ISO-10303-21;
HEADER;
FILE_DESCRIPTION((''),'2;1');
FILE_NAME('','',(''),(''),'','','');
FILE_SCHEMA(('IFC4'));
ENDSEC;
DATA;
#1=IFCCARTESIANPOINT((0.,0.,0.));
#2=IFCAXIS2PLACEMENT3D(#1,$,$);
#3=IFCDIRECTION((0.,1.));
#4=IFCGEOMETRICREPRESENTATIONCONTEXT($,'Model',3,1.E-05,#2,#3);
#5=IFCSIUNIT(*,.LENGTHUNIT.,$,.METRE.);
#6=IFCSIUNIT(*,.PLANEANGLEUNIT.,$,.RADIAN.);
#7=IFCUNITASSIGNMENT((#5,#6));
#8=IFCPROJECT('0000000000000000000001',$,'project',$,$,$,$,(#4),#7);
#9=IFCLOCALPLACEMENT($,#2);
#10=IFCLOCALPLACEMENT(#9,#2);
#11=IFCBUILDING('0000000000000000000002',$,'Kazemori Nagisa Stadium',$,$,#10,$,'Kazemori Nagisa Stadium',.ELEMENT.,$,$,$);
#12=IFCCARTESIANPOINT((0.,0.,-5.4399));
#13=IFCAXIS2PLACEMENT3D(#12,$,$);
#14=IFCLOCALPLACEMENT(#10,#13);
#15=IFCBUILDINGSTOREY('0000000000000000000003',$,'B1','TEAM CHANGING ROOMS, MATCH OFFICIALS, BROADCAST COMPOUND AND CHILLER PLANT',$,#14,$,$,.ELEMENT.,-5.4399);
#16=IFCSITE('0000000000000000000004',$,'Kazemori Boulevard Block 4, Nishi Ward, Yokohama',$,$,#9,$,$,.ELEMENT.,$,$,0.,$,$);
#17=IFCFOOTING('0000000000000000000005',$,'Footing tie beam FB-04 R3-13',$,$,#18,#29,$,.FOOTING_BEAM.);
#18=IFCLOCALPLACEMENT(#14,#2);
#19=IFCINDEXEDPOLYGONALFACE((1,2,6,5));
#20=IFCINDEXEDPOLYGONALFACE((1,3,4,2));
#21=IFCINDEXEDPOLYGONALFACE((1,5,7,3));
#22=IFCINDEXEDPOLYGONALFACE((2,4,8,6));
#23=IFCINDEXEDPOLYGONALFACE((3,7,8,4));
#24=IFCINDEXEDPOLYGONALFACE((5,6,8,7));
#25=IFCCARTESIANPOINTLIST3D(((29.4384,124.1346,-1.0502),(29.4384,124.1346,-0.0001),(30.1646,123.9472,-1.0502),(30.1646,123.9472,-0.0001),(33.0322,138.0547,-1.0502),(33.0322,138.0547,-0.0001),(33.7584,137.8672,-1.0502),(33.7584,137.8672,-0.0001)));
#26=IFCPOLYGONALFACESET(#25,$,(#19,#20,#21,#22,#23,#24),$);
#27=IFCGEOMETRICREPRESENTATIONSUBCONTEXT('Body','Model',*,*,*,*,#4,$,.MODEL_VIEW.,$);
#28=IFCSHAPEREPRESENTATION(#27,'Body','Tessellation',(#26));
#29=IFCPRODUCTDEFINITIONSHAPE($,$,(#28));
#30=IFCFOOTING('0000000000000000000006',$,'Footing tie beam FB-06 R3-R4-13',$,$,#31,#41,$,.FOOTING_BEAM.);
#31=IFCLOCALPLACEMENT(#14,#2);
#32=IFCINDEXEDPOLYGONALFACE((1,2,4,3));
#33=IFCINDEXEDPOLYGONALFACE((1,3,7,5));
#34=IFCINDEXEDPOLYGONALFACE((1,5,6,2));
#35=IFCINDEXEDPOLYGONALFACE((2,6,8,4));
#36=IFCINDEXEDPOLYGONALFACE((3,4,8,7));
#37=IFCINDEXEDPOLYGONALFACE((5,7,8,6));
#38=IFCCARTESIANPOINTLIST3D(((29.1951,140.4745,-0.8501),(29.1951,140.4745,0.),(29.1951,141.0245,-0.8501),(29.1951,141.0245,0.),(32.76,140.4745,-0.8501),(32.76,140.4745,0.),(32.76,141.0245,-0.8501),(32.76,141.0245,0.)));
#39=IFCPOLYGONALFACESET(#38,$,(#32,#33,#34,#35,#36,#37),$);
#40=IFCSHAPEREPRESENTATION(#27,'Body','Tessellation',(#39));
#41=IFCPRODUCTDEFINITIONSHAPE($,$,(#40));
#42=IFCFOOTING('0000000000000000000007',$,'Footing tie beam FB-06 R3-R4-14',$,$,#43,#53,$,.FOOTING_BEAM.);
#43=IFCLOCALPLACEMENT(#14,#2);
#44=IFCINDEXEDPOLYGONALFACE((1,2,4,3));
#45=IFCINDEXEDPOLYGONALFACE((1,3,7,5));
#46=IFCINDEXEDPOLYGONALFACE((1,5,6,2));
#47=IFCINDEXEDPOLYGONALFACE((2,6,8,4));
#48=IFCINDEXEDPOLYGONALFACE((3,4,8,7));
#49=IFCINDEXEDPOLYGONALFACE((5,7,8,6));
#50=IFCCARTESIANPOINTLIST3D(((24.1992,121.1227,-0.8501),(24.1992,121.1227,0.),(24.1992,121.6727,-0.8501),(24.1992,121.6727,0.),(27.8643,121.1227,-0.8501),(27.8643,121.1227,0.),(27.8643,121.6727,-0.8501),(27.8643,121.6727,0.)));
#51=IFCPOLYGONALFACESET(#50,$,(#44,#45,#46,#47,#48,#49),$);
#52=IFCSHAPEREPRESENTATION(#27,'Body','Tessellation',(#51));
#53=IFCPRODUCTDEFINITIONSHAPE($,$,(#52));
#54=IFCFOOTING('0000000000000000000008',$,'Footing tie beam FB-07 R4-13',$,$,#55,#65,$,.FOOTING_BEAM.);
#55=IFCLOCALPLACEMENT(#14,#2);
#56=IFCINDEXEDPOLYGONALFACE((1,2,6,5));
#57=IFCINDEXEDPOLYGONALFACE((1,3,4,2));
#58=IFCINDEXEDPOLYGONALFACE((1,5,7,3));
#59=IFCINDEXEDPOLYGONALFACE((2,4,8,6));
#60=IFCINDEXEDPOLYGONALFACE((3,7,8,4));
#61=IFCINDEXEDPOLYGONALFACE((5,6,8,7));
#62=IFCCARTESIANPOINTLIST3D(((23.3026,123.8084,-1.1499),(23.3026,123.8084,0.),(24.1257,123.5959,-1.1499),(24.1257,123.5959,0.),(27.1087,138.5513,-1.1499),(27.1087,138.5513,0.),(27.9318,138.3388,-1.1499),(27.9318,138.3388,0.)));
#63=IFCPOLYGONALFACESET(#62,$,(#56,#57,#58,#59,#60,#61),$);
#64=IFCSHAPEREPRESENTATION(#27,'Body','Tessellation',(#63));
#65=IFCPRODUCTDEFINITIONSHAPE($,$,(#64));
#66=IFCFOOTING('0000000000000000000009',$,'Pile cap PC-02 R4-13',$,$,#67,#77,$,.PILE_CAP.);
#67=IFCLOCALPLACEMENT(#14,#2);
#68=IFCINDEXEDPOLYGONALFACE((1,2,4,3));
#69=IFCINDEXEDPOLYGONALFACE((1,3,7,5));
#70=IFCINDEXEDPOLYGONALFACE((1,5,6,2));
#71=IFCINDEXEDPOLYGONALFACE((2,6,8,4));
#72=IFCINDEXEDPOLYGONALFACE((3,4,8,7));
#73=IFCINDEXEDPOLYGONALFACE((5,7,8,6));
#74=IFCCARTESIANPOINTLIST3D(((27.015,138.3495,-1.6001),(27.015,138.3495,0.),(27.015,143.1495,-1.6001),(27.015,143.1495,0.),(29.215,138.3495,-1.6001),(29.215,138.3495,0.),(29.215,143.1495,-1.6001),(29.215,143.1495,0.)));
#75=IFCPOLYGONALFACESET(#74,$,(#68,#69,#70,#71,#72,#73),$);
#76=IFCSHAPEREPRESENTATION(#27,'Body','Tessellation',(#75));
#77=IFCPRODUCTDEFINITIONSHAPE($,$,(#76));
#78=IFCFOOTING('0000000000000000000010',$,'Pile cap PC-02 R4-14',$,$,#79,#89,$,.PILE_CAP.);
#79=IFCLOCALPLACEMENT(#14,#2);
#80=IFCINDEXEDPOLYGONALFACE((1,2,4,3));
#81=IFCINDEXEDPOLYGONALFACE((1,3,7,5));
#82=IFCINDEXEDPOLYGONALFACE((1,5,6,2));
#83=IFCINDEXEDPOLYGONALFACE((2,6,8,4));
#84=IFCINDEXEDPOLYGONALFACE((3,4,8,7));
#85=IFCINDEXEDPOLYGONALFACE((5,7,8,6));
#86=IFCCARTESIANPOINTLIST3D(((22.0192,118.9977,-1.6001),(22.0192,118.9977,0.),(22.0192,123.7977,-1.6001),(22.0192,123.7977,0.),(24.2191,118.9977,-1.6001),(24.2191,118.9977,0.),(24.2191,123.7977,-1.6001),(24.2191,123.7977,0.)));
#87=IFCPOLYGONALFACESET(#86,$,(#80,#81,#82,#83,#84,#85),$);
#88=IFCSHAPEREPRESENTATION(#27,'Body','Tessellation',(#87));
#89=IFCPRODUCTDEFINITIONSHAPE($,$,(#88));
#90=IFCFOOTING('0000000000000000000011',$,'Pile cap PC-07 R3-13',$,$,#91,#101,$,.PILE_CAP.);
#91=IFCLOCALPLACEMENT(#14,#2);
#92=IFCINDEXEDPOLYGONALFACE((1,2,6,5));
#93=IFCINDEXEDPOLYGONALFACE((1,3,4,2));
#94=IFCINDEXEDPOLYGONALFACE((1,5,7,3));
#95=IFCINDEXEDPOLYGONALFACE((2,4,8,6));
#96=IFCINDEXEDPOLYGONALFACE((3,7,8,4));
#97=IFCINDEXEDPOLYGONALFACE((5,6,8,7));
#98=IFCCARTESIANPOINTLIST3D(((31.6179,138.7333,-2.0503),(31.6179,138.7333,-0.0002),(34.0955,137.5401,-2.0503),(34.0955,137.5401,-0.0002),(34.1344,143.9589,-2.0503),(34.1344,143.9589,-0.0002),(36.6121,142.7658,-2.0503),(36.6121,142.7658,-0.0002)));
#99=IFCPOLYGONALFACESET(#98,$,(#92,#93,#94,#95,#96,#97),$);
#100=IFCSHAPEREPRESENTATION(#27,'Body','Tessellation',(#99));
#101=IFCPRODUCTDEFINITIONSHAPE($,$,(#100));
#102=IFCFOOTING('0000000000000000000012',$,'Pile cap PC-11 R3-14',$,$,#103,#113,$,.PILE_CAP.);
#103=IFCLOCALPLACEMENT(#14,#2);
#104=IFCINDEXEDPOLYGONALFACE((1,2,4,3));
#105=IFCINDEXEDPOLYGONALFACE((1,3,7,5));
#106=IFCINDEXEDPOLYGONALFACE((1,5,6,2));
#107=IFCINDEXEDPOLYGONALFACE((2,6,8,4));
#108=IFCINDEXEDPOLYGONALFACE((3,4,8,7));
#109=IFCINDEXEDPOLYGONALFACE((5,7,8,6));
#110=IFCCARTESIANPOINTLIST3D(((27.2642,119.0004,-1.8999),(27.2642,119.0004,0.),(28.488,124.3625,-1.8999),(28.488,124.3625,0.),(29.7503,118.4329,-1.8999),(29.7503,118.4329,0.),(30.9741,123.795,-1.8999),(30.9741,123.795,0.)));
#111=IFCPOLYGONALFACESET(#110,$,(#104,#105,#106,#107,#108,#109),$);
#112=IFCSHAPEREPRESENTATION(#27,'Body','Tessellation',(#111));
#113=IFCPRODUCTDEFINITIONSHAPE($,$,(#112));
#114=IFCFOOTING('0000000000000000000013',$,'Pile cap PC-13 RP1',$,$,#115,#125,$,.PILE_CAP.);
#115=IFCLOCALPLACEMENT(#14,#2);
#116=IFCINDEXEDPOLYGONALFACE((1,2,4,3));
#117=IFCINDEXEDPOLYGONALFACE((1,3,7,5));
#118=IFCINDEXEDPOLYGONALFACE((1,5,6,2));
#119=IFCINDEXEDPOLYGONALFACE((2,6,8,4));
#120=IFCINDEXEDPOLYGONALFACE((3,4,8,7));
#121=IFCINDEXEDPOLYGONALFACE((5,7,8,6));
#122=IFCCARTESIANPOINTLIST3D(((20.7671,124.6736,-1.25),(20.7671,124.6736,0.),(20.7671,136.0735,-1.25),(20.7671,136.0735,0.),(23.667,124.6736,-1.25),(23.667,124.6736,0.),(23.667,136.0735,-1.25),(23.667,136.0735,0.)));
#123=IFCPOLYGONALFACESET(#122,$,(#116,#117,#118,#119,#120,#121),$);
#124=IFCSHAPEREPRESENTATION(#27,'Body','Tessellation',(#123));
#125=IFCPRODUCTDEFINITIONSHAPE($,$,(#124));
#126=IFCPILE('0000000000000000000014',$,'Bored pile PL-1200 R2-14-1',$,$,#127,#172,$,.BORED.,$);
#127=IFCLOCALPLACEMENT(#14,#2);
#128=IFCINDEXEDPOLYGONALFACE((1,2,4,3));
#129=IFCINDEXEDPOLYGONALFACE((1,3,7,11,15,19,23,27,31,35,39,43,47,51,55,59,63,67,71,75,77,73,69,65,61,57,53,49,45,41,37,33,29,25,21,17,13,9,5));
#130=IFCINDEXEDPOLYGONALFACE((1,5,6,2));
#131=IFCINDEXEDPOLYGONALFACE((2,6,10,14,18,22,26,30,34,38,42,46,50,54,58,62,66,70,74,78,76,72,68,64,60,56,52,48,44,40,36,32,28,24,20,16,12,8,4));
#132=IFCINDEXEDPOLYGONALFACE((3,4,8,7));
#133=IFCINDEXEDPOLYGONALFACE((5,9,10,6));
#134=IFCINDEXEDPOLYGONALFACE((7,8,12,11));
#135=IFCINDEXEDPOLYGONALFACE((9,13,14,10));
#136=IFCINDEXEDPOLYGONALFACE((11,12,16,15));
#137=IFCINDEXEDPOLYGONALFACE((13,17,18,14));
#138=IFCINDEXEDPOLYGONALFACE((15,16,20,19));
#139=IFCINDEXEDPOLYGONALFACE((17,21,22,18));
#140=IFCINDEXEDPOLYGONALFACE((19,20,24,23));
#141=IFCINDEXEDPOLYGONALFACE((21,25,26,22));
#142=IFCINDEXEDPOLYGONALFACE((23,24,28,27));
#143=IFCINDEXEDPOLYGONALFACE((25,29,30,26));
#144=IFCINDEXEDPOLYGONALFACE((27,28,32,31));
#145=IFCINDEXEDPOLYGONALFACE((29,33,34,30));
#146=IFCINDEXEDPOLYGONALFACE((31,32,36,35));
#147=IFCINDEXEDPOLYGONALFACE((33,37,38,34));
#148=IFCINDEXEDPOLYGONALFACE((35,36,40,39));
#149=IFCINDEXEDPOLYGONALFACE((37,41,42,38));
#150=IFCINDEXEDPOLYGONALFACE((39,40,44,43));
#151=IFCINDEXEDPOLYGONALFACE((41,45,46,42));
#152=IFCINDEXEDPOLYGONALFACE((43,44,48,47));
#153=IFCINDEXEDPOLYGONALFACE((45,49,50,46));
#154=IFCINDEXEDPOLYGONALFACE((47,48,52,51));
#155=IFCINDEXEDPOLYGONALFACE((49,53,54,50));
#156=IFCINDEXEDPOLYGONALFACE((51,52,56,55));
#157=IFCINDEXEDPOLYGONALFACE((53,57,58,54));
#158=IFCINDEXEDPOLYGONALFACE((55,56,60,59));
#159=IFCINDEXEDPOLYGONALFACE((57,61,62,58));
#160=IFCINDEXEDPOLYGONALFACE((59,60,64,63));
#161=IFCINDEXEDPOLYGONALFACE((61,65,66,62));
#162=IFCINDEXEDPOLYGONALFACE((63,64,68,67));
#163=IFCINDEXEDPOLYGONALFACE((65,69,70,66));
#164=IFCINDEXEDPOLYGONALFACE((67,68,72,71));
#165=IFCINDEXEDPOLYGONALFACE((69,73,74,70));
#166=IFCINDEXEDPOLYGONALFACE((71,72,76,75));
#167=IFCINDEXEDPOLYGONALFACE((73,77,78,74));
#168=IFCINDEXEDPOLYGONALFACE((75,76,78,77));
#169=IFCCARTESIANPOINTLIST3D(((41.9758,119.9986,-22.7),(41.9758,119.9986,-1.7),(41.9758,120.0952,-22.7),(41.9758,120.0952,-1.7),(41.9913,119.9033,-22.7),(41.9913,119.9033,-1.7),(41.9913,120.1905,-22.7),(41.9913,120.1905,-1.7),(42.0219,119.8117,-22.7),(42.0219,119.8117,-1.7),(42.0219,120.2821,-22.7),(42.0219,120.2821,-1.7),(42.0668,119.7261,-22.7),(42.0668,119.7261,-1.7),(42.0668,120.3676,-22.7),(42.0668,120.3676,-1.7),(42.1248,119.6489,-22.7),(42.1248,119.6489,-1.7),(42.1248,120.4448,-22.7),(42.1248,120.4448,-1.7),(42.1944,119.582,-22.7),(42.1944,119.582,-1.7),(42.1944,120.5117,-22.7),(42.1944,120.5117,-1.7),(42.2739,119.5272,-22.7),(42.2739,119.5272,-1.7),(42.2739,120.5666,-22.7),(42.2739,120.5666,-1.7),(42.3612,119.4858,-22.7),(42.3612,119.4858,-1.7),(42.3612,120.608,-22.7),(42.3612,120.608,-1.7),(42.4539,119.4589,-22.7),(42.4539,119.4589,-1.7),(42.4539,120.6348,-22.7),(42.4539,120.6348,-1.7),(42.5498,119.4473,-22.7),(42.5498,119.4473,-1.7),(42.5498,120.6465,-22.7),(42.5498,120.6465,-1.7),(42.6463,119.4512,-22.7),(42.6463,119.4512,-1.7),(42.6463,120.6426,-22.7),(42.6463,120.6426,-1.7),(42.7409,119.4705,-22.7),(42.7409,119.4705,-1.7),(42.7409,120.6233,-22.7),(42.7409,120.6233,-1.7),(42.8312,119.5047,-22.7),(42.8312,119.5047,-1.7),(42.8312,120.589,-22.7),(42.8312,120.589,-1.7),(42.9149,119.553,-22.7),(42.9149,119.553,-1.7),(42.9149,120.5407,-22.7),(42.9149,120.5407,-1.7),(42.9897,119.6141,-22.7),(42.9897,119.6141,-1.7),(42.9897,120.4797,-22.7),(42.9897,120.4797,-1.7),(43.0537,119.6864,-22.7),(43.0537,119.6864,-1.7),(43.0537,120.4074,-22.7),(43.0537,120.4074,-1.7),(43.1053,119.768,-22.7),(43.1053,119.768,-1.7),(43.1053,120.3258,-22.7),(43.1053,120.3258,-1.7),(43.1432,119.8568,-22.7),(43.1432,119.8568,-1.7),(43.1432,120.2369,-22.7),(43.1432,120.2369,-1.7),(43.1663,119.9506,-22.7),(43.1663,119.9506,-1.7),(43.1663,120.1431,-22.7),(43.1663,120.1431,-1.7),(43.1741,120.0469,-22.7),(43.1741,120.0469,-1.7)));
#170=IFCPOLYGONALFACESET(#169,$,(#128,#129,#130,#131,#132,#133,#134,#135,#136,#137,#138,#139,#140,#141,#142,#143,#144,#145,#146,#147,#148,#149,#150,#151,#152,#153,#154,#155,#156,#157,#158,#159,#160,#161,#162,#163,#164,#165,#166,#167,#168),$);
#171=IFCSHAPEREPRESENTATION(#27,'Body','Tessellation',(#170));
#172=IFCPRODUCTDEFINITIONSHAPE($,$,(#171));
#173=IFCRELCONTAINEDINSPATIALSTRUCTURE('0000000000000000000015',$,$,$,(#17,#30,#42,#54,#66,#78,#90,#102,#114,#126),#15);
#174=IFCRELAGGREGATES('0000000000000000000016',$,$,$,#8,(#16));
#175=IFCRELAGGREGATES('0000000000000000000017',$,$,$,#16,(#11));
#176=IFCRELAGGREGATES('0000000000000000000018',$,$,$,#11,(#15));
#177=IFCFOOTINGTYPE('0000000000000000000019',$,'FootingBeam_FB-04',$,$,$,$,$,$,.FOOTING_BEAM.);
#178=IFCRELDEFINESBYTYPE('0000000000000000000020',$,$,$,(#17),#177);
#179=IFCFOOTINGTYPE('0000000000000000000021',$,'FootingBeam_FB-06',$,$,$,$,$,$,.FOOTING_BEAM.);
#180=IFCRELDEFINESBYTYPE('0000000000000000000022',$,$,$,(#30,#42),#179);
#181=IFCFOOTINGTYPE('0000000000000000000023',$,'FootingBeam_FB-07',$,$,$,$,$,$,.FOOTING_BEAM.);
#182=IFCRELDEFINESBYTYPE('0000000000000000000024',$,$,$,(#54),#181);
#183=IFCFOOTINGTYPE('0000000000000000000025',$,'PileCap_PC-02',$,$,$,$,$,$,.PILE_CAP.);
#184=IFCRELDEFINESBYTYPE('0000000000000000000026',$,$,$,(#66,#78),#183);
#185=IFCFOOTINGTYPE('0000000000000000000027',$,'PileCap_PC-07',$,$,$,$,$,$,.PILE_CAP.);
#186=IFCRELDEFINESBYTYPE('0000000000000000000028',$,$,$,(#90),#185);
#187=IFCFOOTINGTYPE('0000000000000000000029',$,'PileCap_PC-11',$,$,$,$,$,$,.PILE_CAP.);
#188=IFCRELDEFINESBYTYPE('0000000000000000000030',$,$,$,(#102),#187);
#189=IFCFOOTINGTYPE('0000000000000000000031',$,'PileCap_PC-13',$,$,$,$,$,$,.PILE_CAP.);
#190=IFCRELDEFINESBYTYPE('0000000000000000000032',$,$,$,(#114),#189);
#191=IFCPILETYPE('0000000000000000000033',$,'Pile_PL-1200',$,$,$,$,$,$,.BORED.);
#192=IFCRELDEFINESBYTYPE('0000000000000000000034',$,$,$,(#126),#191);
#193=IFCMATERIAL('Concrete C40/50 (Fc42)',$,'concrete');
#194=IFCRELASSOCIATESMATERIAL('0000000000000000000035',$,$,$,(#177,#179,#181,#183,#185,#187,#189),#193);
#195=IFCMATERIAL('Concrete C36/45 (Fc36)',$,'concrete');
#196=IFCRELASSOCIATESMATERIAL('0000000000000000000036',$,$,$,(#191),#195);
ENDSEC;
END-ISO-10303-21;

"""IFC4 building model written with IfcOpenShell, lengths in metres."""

from ifc_helpers import new_model, si_unit, direction, frame, origin, origin_2d, place, context, subcontext, project, spatial, rectangle, circle, extrude, material, material_profile, profile_set, type_object, element, save


model = new_model("IFC4")

# Units and contexts
model_context = context("Model", 3, precision=1e-05, world=origin(), true_north=direction((0.0, 1.0)))
body_context = subcontext(model_context, "Body", "Model", "MODEL_VIEW")
ifc_project = project(units=[si_unit("LENGTHUNIT", "METRE"), si_unit("PLANEANGLEUNIT", "RADIAN")], contexts=[model_context])

# Site, building, storey
site_placement = place(None, origin())
site = spatial("IfcSite", under=ifc_project, at=site_placement, Name="Kazemori Boulevard Block 4, Nishi Ward, Yokohama", CompositionType="ELEMENT", RefElevation=0.0)
building_placement = place(site_placement, origin())
building = spatial("IfcBuilding", under=site, at=building_placement, Name="Kazemori Nagisa Stadium", LongName="Kazemori Nagisa Stadium", CompositionType="ELEMENT")
storey_placement = place(building_placement, frame((0.0, 0.0, -5.4399)))
storey = spatial("IfcBuildingStorey", under=building, at=storey_placement, Name="B1", Description="TEAM CHANGING ROOMS, MATCH OFFICIALS, BROADCAST COMPOUND AND CHILLER PLANT", CompositionType="ELEMENT", Elevation=-5.4399)

# Footings
ifc_material_1 = material(Name="Concrete C40/50 (Fc42)", Category="concrete")
ifc_material_profile_1 = material_profile(ifc_material_1, rectangle(XDim=0.75, YDim=1.05, at=origin_2d()), Name="RC-FB-750x1050")
ifc_profile_set_1 = profile_set([ifc_material_profile_1], Name="Concrete C40/50 (Fc42)")
footing_type_1 = type_object("IfcFootingType", Name="FootingBeam_FB-04", PredefinedType="FOOTING_BEAM", material=ifc_profile_set_1)
footing_1_placement = place(storey_placement, frame((33.3953, 137.9609, -0.5251), z_axis=(-0.249977, -0.968252, 0.0), x_axis=(0.968252, -0.249977, 0.0)))
element("IfcFooting", 1, at=footing_1_placement, inside=storey, type_object=footing_type_1, Name="Footing tie beam FB-04 R3-13", PredefinedType="FOOTING_BEAM", context=body_context, shape_type="SweptSolid", body=[
    extrude(rectangle(XDim=0.75, YDim=1.05, at=origin_2d()), origin(), (0.0, 0.0, 1.0), 14.3765),
])
ifc_material_profile_2 = material_profile(ifc_material_1, rectangle(XDim=0.55, YDim=0.8501, at=origin_2d()), Name="RC-FB-550x850")
ifc_profile_set_2 = profile_set([ifc_material_profile_2], Name="Concrete C40/50 (Fc42)")
footing_type_2 = type_object("IfcFootingType", Name="FootingBeam_FB-06", PredefinedType="FOOTING_BEAM", material=ifc_profile_set_2)
footing_2_placement = place(storey_placement, frame((32.76, 140.7495, -0.425), z_axis=(-1.0, 0.0, 0.0), x_axis=(0.0, -1.0, 0.0)))
element("IfcFooting", 2, at=footing_2_placement, inside=storey, type_object=footing_type_2, Name="Footing tie beam FB-06 R3-R4-13", PredefinedType="FOOTING_BEAM", context=body_context, shape_type="SweptSolid", body=[
    extrude(rectangle(XDim=0.55, YDim=0.8501, at=origin_2d()), origin(), (0.0, 0.0, 1.0), 3.5649),
])
footing_3_placement = place(storey_placement, frame((27.8643, 121.3977, -0.425), z_axis=(-1.0, 0.0, 0.0), x_axis=(0.0, -1.0, 0.0)))
element("IfcFooting", 3, at=footing_3_placement, inside=storey, type_object=footing_type_2, Name="Footing tie beam FB-06 R3-R4-14", PredefinedType="FOOTING_BEAM", context=body_context, shape_type="SweptSolid", body=[
    extrude(rectangle(XDim=0.55, YDim=0.8501, at=origin_2d()), origin(), (0.0, 0.0, 1.0), 3.665),
])
ifc_material_profile_3 = material_profile(ifc_material_1, rectangle(XDim=0.8501, YDim=1.1499, at=origin_2d()), Name="RC-FB-850x1150")
ifc_profile_set_3 = profile_set([ifc_material_profile_3], Name="Concrete C40/50 (Fc42)")
footing_type_3 = type_object("IfcFootingType", Name="FootingBeam_FB-07", PredefinedType="FOOTING_BEAM", material=ifc_profile_set_3)
footing_4_placement = place(storey_placement, frame((27.5203, 138.4451, -0.575), z_axis=(-0.249972, -0.968253, 0.0), x_axis=(0.968253, -0.249972, 0.0)))
element("IfcFooting", 4, at=footing_4_placement, inside=storey, type_object=footing_type_3, Name="Footing tie beam FB-07 R4-13", PredefinedType="FOOTING_BEAM", context=body_context, shape_type="SweptSolid", body=[
    extrude(rectangle(XDim=0.8501, YDim=1.1499, at=origin_2d()), origin(), (0.0, 0.0, 1.0), 15.2263),
])
footing_type_4 = type_object("IfcFootingType", Name="PileCap_PC-02", PredefinedType="PILE_CAP", material=ifc_material_1)
for number, where, z_axis, x_axis, name in (
    (5, (28.115, 140.7495, -1.6001), (0.0, 0.0, 1.0), (0.0, 1.0, 0.0), "Pile cap PC-02 R4-13"),
    (6, (23.1191, 121.3977, -1.6001), (0.0, 0.0, 1.0), (0.0, 1.0, 0.0), "Pile cap PC-02 R4-14"),
):
    element("IfcFooting", number, at=place(storey_placement, frame(where, z_axis=z_axis, x_axis=x_axis)), inside=storey, type_object=footing_type_4, Name=name, PredefinedType="PILE_CAP", context=body_context, shape_type="SweptSolid", body=[
        extrude(rectangle(XDim=4.8, YDim=2.2, at=origin_2d()), origin(), (0.0, 0.0, 1.0), 1.6001),
    ])
footing_type_5 = type_object("IfcFootingType", Name="PileCap_PC-07", PredefinedType="PILE_CAP", material=ifc_material_1)
footing_5_placement = place(storey_placement, frame((34.115, 140.7495, -2.0503), z_axis=(0.0, 0.0, 1.0), x_axis=(-0.433884, -0.900969, 0.0)))
element("IfcFooting", 7, at=footing_5_placement, inside=storey, type_object=footing_type_5, Name="Pile cap PC-07 R3-13", PredefinedType="PILE_CAP", context=body_context, shape_type="SweptSolid", body=[
    extrude(rectangle(XDim=5.8, YDim=2.75, at=origin_2d()), origin(), (0.0, 0.0, 1.0), 2.05),
])
footing_type_6 = type_object("IfcFootingType", Name="PileCap_PC-11", PredefinedType="PILE_CAP", material=ifc_material_1)
footing_6_placement = place(storey_placement, frame((29.1191, 121.3977, -1.8999), z_axis=(0.0, 0.0, 1.0), x_axis=(-0.222521, -0.974928, 0.0)))
element("IfcFooting", 8, at=footing_6_placement, inside=storey, type_object=footing_type_6, Name="Pile cap PC-11 R3-14", PredefinedType="PILE_CAP", context=body_context, shape_type="SweptSolid", body=[
    extrude(rectangle(XDim=5.5, YDim=2.55, at=origin_2d()), origin(), (0.0, 0.0, 1.0), 1.8999),
])
footing_type_7 = type_object("IfcFootingType", Name="PileCap_PC-13", PredefinedType="PILE_CAP", material=ifc_material_1)
footing_7_placement = place(storey_placement, frame((22.217, 130.3735, -1.25), z_axis=(0.0, 0.0, 1.0), x_axis=(0.0, 1.0, 0.0)))
element("IfcFooting", 9, at=footing_7_placement, inside=storey, type_object=footing_type_7, Name="Pile cap PC-13 RP1", PredefinedType="PILE_CAP", context=body_context, shape_type="SweptSolid", body=[
    extrude(rectangle(XDim=11.3999, YDim=2.8999, at=origin_2d()), origin(), (0.0, 0.0, 1.0), 1.25),
])

# Pile
ifc_material_2 = material(Name="Concrete C36/45 (Fc36)", Category="concrete")
ifc_material_profile_4 = material_profile(ifc_material_2, circle(Radius=0.6001, at=origin_2d()), Name="PILE-D1200")
ifc_profile_set_4 = profile_set([ifc_material_profile_4], Name="Concrete C36/45 (Fc36)")
pile_type_1 = type_object("IfcPileType", Name="Pile_PL-1200", PredefinedType="BORED", material=ifc_profile_set_4)
for number, where, z_axis, x_axis, name in (
    (10, (42.574, 120.0469, -1.7), (0.0, 0.0, -1.0), (1.0, 0.0, 0.0), "Bored pile PL-1200 R2-14-1"),
):
    element("IfcPile", number, at=place(storey_placement, frame(where, z_axis=z_axis, x_axis=x_axis)), inside=storey, type_object=pile_type_1, Name=name, PredefinedType="BORED", context=body_context, shape_type="SweptSolid", body=[
        extrude(circle(Radius=0.6001, at=origin_2d()), origin(), (0.0, 0.0, 1.0), 21.0),
    ])

save(model, "model.ifc")
